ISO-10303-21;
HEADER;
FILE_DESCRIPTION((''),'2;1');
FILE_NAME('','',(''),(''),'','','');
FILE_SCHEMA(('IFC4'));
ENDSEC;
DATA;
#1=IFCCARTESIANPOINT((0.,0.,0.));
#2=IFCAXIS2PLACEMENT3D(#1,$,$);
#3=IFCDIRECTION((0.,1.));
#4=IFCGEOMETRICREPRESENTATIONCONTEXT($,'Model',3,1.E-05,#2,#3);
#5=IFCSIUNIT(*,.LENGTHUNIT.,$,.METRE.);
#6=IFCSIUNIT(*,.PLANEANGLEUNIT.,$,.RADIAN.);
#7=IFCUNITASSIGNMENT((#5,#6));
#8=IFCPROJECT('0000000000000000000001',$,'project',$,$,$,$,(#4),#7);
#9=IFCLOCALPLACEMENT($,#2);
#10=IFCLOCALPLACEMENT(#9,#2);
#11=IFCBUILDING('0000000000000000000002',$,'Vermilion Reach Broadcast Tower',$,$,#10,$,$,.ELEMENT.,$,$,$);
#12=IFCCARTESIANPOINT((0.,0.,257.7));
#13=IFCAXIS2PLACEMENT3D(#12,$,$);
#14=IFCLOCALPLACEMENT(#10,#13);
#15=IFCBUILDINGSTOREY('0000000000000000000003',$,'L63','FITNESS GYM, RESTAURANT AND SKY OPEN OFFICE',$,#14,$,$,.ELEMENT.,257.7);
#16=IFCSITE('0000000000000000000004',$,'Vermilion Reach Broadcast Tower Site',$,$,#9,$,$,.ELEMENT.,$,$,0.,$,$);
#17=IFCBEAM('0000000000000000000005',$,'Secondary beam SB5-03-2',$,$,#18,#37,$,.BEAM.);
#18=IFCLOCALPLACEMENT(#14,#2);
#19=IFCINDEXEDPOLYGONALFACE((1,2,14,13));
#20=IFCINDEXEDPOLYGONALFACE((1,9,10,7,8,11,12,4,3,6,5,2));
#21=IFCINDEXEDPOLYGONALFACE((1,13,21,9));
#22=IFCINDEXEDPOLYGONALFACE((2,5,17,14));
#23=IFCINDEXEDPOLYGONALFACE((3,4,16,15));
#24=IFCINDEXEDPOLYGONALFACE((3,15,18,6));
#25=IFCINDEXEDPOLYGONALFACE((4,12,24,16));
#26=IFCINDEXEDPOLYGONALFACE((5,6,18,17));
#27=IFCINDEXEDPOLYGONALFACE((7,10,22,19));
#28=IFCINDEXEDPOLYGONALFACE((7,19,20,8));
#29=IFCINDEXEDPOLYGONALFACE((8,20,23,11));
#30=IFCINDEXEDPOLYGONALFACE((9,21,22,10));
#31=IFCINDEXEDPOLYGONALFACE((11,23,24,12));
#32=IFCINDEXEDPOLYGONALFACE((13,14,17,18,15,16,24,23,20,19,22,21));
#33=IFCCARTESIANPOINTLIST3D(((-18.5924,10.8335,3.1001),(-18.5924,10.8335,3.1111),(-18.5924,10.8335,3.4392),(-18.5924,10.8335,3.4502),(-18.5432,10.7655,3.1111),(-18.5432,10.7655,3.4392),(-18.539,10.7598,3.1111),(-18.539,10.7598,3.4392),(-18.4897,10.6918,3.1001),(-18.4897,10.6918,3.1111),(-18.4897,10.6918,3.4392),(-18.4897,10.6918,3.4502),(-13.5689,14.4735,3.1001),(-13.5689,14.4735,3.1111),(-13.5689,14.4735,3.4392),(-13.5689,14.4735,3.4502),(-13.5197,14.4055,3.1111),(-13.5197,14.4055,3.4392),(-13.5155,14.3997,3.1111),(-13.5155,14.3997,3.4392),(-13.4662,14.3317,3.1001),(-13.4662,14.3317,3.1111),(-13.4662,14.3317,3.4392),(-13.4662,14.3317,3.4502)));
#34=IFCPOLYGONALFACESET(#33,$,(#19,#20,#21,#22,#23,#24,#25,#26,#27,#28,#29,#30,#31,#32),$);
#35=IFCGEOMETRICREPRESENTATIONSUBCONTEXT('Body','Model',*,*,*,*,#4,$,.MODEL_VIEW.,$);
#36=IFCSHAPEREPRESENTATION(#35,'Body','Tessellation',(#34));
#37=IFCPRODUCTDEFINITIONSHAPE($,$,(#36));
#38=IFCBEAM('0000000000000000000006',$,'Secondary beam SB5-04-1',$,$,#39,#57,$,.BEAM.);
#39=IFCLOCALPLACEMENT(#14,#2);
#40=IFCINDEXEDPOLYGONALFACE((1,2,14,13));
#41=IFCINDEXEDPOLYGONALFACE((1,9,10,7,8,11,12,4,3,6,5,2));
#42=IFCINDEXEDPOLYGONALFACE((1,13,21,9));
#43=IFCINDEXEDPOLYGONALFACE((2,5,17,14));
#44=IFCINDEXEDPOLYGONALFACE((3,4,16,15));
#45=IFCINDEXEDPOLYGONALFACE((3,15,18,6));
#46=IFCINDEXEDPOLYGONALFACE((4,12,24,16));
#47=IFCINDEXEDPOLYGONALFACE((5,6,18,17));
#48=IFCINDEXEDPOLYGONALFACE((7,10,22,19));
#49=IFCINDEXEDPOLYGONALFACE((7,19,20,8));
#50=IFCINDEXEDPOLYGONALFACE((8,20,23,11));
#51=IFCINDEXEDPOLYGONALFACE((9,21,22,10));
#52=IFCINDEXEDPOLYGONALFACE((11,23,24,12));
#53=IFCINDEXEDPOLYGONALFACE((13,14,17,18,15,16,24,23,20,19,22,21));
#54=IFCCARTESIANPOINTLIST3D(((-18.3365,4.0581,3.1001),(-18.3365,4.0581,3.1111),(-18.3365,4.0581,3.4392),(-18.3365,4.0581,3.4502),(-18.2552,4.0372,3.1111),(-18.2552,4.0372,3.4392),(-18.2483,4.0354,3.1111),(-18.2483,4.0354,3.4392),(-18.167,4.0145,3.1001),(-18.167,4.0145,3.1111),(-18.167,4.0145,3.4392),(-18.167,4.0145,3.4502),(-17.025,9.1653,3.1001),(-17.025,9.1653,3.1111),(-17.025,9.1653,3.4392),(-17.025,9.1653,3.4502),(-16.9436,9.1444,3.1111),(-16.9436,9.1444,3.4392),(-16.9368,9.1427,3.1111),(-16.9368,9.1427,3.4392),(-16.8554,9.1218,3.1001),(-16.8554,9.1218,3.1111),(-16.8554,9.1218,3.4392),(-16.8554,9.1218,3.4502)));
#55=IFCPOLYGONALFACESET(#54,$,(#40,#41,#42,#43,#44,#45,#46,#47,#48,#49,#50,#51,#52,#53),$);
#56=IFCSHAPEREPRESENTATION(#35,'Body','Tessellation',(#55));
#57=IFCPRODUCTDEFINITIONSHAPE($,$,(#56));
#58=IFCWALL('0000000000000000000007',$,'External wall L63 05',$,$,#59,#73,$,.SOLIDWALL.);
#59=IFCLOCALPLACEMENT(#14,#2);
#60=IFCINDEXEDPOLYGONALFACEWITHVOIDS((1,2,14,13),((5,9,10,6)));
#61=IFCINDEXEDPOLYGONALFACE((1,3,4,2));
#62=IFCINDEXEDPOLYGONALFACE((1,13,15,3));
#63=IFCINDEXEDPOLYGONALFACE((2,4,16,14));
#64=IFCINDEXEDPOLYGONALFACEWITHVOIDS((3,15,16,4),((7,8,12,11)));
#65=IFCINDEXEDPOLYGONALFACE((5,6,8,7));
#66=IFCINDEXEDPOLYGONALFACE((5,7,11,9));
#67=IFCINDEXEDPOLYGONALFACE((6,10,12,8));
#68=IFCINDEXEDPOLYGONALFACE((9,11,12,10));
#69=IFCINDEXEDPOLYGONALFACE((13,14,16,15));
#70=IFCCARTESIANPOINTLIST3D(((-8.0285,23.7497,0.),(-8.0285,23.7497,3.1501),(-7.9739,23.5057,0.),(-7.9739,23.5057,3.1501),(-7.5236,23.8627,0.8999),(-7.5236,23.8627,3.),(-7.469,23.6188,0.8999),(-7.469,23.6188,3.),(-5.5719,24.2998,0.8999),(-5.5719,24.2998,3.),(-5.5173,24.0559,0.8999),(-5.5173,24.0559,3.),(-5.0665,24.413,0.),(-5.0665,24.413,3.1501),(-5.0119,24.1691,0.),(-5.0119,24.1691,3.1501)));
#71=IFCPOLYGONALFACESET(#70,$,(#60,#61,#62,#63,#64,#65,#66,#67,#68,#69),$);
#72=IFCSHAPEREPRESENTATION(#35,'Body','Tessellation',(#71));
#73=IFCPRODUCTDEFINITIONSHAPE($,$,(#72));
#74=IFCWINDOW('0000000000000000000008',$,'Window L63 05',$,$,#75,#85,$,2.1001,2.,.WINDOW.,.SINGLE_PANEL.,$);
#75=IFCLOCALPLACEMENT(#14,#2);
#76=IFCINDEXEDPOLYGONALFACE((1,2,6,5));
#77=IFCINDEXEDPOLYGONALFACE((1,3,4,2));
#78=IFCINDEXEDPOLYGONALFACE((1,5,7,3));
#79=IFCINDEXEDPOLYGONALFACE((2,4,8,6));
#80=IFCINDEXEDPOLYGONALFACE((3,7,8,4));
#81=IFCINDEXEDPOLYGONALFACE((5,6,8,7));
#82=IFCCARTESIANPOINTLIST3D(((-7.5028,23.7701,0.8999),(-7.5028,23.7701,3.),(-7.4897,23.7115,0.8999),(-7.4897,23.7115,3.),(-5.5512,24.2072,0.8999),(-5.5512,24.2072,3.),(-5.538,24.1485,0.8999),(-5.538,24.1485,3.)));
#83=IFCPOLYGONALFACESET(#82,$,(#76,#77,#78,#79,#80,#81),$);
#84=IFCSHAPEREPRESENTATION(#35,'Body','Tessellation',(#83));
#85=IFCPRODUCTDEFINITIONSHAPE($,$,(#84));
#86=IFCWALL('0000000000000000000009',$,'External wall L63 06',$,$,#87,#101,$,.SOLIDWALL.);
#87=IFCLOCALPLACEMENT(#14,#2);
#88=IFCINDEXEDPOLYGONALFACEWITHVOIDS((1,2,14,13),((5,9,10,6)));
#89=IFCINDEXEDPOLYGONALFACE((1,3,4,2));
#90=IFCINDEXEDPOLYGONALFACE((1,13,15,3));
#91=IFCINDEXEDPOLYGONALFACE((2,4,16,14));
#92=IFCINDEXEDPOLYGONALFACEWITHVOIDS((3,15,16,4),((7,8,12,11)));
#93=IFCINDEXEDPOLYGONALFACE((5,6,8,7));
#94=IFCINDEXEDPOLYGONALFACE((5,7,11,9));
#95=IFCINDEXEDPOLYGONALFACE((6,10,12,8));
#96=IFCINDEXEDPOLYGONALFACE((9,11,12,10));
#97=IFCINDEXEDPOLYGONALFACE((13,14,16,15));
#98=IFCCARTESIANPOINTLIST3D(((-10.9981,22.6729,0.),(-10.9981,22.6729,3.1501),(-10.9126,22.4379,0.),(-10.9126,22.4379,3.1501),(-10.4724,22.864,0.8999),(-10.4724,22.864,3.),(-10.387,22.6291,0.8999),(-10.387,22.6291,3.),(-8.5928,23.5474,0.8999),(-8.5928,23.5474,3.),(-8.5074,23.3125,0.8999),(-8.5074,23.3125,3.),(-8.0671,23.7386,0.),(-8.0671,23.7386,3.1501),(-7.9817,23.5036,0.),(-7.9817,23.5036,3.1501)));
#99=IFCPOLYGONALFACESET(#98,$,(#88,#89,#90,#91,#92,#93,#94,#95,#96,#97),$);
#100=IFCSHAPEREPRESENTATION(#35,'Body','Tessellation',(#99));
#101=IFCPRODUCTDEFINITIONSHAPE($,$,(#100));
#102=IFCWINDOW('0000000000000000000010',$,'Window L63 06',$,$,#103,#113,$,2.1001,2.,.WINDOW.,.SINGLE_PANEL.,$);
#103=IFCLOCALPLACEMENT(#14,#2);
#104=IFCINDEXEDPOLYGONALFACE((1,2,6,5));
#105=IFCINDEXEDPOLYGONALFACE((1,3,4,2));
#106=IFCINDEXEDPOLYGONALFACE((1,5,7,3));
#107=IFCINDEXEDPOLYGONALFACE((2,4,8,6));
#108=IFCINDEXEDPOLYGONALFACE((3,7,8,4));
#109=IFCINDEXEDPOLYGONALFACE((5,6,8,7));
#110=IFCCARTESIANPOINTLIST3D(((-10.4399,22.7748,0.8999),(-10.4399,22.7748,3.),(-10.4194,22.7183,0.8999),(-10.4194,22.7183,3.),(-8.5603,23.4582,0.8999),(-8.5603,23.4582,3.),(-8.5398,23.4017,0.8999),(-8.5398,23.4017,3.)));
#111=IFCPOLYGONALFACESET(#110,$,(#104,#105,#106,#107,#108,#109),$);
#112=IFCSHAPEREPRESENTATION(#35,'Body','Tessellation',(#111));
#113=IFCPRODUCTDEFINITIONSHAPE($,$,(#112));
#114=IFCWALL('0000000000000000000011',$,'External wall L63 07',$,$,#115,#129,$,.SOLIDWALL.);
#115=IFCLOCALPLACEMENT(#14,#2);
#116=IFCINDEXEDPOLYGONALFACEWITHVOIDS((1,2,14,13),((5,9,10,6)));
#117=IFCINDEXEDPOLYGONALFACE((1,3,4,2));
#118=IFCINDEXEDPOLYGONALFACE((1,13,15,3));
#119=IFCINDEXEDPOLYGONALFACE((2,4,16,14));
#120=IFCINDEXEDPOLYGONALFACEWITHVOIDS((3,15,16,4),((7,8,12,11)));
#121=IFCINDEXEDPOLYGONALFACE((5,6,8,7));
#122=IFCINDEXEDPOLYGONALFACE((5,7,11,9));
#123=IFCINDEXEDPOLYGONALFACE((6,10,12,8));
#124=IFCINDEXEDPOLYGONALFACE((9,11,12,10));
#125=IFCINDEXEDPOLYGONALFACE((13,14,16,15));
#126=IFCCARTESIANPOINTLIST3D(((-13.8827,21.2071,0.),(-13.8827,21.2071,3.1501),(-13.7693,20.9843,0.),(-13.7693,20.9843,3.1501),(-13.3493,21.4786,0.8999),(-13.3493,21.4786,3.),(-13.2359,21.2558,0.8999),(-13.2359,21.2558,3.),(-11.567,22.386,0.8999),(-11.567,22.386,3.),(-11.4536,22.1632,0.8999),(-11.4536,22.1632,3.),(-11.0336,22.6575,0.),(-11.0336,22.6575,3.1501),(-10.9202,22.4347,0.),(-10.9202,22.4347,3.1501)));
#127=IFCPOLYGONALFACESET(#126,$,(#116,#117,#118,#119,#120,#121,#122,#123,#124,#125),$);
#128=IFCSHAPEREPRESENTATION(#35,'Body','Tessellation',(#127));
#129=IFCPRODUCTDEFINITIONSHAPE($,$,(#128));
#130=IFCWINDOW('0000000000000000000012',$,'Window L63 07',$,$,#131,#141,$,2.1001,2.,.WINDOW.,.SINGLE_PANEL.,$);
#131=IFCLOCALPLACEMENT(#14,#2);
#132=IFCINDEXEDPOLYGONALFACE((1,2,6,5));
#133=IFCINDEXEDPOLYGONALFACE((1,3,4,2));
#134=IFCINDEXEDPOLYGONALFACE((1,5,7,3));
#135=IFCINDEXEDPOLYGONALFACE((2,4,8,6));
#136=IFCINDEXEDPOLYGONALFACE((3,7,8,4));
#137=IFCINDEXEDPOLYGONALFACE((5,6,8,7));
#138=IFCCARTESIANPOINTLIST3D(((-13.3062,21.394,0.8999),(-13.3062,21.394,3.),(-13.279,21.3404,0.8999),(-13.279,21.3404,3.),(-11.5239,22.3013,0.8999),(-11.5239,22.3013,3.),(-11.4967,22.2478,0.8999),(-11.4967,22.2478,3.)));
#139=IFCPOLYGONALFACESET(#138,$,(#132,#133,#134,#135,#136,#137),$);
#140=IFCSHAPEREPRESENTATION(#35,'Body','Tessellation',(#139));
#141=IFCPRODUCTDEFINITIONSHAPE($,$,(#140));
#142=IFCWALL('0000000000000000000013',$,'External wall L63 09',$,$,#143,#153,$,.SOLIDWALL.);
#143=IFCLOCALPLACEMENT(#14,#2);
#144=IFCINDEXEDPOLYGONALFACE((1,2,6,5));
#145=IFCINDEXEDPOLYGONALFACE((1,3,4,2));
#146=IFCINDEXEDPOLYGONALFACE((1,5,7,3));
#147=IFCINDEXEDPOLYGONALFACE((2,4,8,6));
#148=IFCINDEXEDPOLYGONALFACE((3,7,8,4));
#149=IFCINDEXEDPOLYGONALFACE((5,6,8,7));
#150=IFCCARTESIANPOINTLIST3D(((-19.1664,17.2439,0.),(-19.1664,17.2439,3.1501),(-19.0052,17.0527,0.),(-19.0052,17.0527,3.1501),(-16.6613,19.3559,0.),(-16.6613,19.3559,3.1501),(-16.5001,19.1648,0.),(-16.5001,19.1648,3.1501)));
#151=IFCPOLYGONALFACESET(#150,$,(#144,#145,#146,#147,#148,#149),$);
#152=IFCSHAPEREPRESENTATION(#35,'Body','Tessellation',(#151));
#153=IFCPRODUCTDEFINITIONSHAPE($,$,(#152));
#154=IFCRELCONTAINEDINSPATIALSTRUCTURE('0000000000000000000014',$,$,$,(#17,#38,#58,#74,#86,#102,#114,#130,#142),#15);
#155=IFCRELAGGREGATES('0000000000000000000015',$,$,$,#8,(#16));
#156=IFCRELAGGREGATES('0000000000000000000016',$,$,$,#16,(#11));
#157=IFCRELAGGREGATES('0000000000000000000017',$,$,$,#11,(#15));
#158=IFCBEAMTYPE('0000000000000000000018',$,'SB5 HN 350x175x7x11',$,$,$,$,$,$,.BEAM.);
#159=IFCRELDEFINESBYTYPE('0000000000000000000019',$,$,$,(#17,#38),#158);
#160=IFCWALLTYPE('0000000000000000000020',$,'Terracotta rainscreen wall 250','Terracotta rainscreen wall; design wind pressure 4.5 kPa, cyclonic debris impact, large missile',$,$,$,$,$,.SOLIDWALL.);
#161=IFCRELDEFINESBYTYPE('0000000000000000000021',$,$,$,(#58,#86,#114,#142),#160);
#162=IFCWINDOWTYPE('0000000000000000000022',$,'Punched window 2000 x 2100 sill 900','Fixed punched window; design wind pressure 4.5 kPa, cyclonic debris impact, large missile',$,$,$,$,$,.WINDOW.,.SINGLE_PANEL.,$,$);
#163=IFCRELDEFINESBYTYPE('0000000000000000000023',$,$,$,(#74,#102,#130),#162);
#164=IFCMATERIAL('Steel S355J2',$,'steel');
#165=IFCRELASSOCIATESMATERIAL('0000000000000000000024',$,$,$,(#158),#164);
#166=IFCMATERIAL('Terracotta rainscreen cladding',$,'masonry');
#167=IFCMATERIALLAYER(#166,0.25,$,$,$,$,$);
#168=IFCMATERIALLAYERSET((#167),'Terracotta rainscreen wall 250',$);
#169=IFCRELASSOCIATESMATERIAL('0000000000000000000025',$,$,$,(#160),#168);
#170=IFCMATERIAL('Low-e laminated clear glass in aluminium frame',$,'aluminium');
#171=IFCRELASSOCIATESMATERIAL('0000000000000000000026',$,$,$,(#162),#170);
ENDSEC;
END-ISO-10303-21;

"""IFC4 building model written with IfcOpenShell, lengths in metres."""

from ifc_helpers import new_model, si_unit, direction, frame, frame_2d, origin, origin_2d, place, context, subcontext, project, spatial, rectangle, i_section, extrude, material, layer, layer_set, material_profile, profile_set, type_object, element, fill, save


model = new_model("IFC4")

# Units and contexts
model_context = context("Model", 3, precision=1e-05, world=origin(), true_north=direction((0.0, 1.0)))
body_context = subcontext(model_context, "Body", "Model", "MODEL_VIEW")
ifc_project = project(units=[si_unit("LENGTHUNIT", "METRE"), si_unit("PLANEANGLEUNIT", "RADIAN")], contexts=[model_context])

# Site, building, storey
site_placement = place(None, origin())
site = spatial("IfcSite", under=ifc_project, at=site_placement, Name="Vermilion Reach Broadcast Tower Site", CompositionType="ELEMENT", RefElevation=0.0)
building_placement = place(site_placement, origin())
building = spatial("IfcBuilding", under=site, at=building_placement, Name="Vermilion Reach Broadcast Tower", CompositionType="ELEMENT")
storey_placement = place(building_placement, frame((0.0, 0.0, 257.7)))
storey = spatial("IfcBuildingStorey", under=building, at=storey_placement, Name="L63", Description="FITNESS GYM, RESTAURANT AND SKY OPEN OFFICE", CompositionType="ELEMENT", Elevation=257.7)

# Beams
ifc_material_1 = material(Name="Steel S355J2", Category="steel")
ifc_material_profile_1 = material_profile(ifc_material_1, i_section(OverallWidth=0.175, OverallDepth=0.3501, WebThickness=0.0071, FlangeThickness=0.011, at=origin_2d()), Name="S355J2 HN 350x175x7x11")
ifc_profile_set_1 = profile_set([ifc_material_profile_1], Name="Steel S355J2")
beam_type_1 = type_object("IfcBeamType", Name="SB5 HN 350x175x7x11", PredefinedType="BEAM", material=ifc_profile_set_1)
beam_1_placement = place(storey_placement, frame((-13.5176, 14.4026, 3.2751), z_axis=(-0.809771, -0.586746, 0.0), x_axis=(0.586746, -0.809771, 0.0)))
element("IfcBeam", 1, at=beam_1_placement, inside=storey, type_object=beam_type_1, Name="Secondary beam SB5-03-2", PredefinedType="BEAM", context=body_context, shape_type="SweptSolid", body=[
    extrude(i_section(OverallWidth=0.175, OverallDepth=0.3501, WebThickness=0.0071, FlangeThickness=0.011, at=origin_2d()), origin(), (0.0, 0.0, 1.0), 6.2036),
])
beam_2_placement = place(storey_placement, frame((-16.9402, 9.1436, 3.2751), z_axis=(-0.24873, -0.968573, 0.0), x_axis=(0.968573, -0.24873, 0.0)))
element("IfcBeam", 2, at=beam_2_placement, inside=storey, type_object=beam_type_1, Name="Secondary beam SB5-04-1", PredefinedType="BEAM", context=body_context, shape_type="SweptSolid", body=[
    extrude(i_section(OverallWidth=0.175, OverallDepth=0.3501, WebThickness=0.0071, FlangeThickness=0.011, at=origin_2d()), origin(), (0.0, 0.0, 1.0), 5.2729),
])

# Walls, openings, windows
ifc_material_2 = material(Name="Terracotta rainscreen cladding", Category="masonry")
ifc_layer = layer(ifc_material_2, 0.25)
ifc_layer_set = layer_set([ifc_layer], Name="Terracotta rainscreen wall 250")
wall_type = type_object("IfcWallType", Name="Terracotta rainscreen wall 250", Description="Terracotta rainscreen wall; design wind pressure 4.5 kPa, cyclonic debris impact, large missile", PredefinedType="SOLIDWALL", material=ifc_layer_set)
wall_1_placement = place(storey_placement, frame((-5.0393, 24.291, 0.0), z_axis=(0.0, 0.0, 1.0), x_axis=(-0.975828, -0.21854, 0.0)))
wall_1 = element("IfcWall", 3, at=wall_1_placement, inside=storey, type_object=wall_type, Name="External wall L63 05", PredefinedType="SOLIDWALL", context=body_context, shape_type="SweptSolid", body=[
    extrude(rectangle(XDim=3.0354, YDim=0.25, at=frame_2d((1.5176, 0.0))), origin(), (0.0, 0.0, 1.0), 3.1501),
])
opening_1_placement = place(wall_1_placement, frame((0.5178, 0.0, 0.8999)))
opening_1 = element("IfcOpeningElement", 4, at=opening_1_placement, cuts=wall_1, PredefinedType="OPENING", context=body_context, shape_type="SweptSolid", body=[
    extrude(rectangle(XDim=2.0, YDim=2.1001, at=frame_2d((1.0, 1.05))), frame((0.0, 0.135, 0.0), z_axis=(0.0, -1.0, 0.0), x_axis=(1.0, 0.0, 0.0)), (0.0, 0.0, 1.0), 0.27),
])
ifc_material_3 = material(Name="Low-e laminated clear glass in aluminium frame", Category="aluminium")
window_type = type_object("IfcWindowType", Name="Punched window 2000 x 2100 sill 900", Description="Fixed punched window; design wind pressure 4.5 kPa, cyclonic debris impact, large missile", PartitioningType="SINGLE_PANEL", PredefinedType="WINDOW", material=ifc_material_3)
window_1_placement = place(opening_1_placement, origin())
window_1 = element("IfcWindow", 5, at=window_1_placement, inside=storey, type_object=window_type, Name="Window L63 05", OverallHeight=2.1001, OverallWidth=2.0, PartitioningType="SINGLE_PANEL", PredefinedType="WINDOW", context=body_context, shape_type="SweptSolid", body=[
    extrude(rectangle(XDim=2.0, YDim=2.1001, at=frame_2d((1.0, 1.05))), frame((0.0, 0.03, 0.0), z_axis=(0.0, -1.0, 0.0), x_axis=(1.0, 0.0, 0.0)), (0.0, 0.0, 1.0), 0.0601),
])
fill(opening_1, window_1)
wall_2_placement = place(storey_placement, frame((-8.0244, 23.6211, 0.0), z_axis=(0.0, 0.0, 1.0), x_axis=(-0.939805, -0.341712, 0.0)))
wall_2 = element("IfcWall", 6, at=wall_2_placement, inside=storey, type_object=wall_type, Name="External wall L63 06", PredefinedType="SOLIDWALL", context=body_context, shape_type="SweptSolid", body=[
    extrude(rectangle(XDim=3.1187, YDim=0.25, at=frame_2d((1.5593, 0.0))), origin(), (0.0, 0.0, 1.0), 3.1501),
])
opening_2_placement = place(wall_2_placement, frame((0.5593, 0.0, 0.8999)))
opening_2 = element("IfcOpeningElement", 7, at=opening_2_placement, cuts=wall_2, PredefinedType="OPENING", context=body_context, shape_type="SweptSolid", body=[
    extrude(rectangle(XDim=2.0, YDim=2.1001, at=frame_2d((1.0, 1.05))), frame((0.0, 0.135, 0.0), z_axis=(0.0, -1.0, 0.0), x_axis=(1.0, 0.0, 0.0)), (0.0, 0.0, 1.0), 0.27),
])
window_2_placement = place(opening_2_placement, origin())
window_2 = element("IfcWindow", 8, at=window_2_placement, inside=storey, type_object=window_type, Name="Window L63 06", OverallHeight=2.1001, OverallWidth=2.0, PartitioningType="SINGLE_PANEL", PredefinedType="WINDOW", context=body_context, shape_type="SweptSolid", body=[
    extrude(rectangle(XDim=2.0, YDim=2.1001, at=frame_2d((1.0, 1.05))), frame((0.0, 0.03, 0.0), z_axis=(0.0, -1.0, 0.0), x_axis=(1.0, 0.0, 0.0)), (0.0, 0.0, 1.0), 0.0601),
])
fill(opening_2, window_2)
wall_3_placement = place(storey_placement, frame((-10.9768, 22.5461, 0.0), z_axis=(0.0, 0.0, 1.0), x_axis=(-0.891166, -0.453678, 0.0)))
wall_3 = element("IfcWall", 9, at=wall_3_placement, inside=storey, type_object=wall_type, Name="External wall L63 07", PredefinedType="SOLIDWALL", context=body_context, shape_type="SweptSolid", body=[
    extrude(rectangle(XDim=3.197, YDim=0.25, at=frame_2d((1.5986, 0.0))), origin(), (0.0, 0.0, 1.0), 3.1501),
])
opening_3_placement = place(wall_3_placement, frame((0.5986, 0.0, 0.8999)))
opening_3 = element("IfcOpeningElement", 10, at=opening_3_placement, cuts=wall_3, PredefinedType="OPENING", context=body_context, shape_type="SweptSolid", body=[
    extrude(rectangle(XDim=2.0, YDim=2.1001, at=frame_2d((1.0, 1.05))), frame((0.0, 0.135, 0.0), z_axis=(0.0, -1.0, 0.0), x_axis=(1.0, 0.0, 0.0)), (0.0, 0.0, 1.0), 0.27),
])
window_3_placement = place(opening_3_placement, origin())
window_3 = element("IfcWindow", 11, at=window_3_placement, inside=storey, type_object=window_type, Name="Window L63 07", OverallHeight=2.1001, OverallWidth=2.0, PartitioningType="SINGLE_PANEL", PredefinedType="WINDOW", context=body_context, shape_type="SweptSolid", body=[
    extrude(rectangle(XDim=2.0, YDim=2.1001, at=frame_2d((1.0, 1.05))), frame((0.0, 0.03, 0.0), z_axis=(0.0, -1.0, 0.0), x_axis=(1.0, 0.0, 0.0)), (0.0, 0.0, 1.0), 0.0601),
])
fill(opening_3, window_3)

# Wall
wall_4_placement = place(storey_placement, frame((-16.5808, 19.2603, 0.0), z_axis=(0.0, 0.0, 1.0), x_axis=(-0.764538, -0.644578, 0.0)))
element("IfcWall", 12, at=wall_4_placement, inside=storey, type_object=wall_type, Name="External wall L63 09", PredefinedType="SOLIDWALL", context=body_context, shape_type="SweptSolid", body=[
    extrude(rectangle(XDim=3.2766, YDim=0.25, at=frame_2d((1.6382, 0.0))), origin(), (0.0, 0.0, 1.0), 3.1501),
])

save(model, "model.ifc")
